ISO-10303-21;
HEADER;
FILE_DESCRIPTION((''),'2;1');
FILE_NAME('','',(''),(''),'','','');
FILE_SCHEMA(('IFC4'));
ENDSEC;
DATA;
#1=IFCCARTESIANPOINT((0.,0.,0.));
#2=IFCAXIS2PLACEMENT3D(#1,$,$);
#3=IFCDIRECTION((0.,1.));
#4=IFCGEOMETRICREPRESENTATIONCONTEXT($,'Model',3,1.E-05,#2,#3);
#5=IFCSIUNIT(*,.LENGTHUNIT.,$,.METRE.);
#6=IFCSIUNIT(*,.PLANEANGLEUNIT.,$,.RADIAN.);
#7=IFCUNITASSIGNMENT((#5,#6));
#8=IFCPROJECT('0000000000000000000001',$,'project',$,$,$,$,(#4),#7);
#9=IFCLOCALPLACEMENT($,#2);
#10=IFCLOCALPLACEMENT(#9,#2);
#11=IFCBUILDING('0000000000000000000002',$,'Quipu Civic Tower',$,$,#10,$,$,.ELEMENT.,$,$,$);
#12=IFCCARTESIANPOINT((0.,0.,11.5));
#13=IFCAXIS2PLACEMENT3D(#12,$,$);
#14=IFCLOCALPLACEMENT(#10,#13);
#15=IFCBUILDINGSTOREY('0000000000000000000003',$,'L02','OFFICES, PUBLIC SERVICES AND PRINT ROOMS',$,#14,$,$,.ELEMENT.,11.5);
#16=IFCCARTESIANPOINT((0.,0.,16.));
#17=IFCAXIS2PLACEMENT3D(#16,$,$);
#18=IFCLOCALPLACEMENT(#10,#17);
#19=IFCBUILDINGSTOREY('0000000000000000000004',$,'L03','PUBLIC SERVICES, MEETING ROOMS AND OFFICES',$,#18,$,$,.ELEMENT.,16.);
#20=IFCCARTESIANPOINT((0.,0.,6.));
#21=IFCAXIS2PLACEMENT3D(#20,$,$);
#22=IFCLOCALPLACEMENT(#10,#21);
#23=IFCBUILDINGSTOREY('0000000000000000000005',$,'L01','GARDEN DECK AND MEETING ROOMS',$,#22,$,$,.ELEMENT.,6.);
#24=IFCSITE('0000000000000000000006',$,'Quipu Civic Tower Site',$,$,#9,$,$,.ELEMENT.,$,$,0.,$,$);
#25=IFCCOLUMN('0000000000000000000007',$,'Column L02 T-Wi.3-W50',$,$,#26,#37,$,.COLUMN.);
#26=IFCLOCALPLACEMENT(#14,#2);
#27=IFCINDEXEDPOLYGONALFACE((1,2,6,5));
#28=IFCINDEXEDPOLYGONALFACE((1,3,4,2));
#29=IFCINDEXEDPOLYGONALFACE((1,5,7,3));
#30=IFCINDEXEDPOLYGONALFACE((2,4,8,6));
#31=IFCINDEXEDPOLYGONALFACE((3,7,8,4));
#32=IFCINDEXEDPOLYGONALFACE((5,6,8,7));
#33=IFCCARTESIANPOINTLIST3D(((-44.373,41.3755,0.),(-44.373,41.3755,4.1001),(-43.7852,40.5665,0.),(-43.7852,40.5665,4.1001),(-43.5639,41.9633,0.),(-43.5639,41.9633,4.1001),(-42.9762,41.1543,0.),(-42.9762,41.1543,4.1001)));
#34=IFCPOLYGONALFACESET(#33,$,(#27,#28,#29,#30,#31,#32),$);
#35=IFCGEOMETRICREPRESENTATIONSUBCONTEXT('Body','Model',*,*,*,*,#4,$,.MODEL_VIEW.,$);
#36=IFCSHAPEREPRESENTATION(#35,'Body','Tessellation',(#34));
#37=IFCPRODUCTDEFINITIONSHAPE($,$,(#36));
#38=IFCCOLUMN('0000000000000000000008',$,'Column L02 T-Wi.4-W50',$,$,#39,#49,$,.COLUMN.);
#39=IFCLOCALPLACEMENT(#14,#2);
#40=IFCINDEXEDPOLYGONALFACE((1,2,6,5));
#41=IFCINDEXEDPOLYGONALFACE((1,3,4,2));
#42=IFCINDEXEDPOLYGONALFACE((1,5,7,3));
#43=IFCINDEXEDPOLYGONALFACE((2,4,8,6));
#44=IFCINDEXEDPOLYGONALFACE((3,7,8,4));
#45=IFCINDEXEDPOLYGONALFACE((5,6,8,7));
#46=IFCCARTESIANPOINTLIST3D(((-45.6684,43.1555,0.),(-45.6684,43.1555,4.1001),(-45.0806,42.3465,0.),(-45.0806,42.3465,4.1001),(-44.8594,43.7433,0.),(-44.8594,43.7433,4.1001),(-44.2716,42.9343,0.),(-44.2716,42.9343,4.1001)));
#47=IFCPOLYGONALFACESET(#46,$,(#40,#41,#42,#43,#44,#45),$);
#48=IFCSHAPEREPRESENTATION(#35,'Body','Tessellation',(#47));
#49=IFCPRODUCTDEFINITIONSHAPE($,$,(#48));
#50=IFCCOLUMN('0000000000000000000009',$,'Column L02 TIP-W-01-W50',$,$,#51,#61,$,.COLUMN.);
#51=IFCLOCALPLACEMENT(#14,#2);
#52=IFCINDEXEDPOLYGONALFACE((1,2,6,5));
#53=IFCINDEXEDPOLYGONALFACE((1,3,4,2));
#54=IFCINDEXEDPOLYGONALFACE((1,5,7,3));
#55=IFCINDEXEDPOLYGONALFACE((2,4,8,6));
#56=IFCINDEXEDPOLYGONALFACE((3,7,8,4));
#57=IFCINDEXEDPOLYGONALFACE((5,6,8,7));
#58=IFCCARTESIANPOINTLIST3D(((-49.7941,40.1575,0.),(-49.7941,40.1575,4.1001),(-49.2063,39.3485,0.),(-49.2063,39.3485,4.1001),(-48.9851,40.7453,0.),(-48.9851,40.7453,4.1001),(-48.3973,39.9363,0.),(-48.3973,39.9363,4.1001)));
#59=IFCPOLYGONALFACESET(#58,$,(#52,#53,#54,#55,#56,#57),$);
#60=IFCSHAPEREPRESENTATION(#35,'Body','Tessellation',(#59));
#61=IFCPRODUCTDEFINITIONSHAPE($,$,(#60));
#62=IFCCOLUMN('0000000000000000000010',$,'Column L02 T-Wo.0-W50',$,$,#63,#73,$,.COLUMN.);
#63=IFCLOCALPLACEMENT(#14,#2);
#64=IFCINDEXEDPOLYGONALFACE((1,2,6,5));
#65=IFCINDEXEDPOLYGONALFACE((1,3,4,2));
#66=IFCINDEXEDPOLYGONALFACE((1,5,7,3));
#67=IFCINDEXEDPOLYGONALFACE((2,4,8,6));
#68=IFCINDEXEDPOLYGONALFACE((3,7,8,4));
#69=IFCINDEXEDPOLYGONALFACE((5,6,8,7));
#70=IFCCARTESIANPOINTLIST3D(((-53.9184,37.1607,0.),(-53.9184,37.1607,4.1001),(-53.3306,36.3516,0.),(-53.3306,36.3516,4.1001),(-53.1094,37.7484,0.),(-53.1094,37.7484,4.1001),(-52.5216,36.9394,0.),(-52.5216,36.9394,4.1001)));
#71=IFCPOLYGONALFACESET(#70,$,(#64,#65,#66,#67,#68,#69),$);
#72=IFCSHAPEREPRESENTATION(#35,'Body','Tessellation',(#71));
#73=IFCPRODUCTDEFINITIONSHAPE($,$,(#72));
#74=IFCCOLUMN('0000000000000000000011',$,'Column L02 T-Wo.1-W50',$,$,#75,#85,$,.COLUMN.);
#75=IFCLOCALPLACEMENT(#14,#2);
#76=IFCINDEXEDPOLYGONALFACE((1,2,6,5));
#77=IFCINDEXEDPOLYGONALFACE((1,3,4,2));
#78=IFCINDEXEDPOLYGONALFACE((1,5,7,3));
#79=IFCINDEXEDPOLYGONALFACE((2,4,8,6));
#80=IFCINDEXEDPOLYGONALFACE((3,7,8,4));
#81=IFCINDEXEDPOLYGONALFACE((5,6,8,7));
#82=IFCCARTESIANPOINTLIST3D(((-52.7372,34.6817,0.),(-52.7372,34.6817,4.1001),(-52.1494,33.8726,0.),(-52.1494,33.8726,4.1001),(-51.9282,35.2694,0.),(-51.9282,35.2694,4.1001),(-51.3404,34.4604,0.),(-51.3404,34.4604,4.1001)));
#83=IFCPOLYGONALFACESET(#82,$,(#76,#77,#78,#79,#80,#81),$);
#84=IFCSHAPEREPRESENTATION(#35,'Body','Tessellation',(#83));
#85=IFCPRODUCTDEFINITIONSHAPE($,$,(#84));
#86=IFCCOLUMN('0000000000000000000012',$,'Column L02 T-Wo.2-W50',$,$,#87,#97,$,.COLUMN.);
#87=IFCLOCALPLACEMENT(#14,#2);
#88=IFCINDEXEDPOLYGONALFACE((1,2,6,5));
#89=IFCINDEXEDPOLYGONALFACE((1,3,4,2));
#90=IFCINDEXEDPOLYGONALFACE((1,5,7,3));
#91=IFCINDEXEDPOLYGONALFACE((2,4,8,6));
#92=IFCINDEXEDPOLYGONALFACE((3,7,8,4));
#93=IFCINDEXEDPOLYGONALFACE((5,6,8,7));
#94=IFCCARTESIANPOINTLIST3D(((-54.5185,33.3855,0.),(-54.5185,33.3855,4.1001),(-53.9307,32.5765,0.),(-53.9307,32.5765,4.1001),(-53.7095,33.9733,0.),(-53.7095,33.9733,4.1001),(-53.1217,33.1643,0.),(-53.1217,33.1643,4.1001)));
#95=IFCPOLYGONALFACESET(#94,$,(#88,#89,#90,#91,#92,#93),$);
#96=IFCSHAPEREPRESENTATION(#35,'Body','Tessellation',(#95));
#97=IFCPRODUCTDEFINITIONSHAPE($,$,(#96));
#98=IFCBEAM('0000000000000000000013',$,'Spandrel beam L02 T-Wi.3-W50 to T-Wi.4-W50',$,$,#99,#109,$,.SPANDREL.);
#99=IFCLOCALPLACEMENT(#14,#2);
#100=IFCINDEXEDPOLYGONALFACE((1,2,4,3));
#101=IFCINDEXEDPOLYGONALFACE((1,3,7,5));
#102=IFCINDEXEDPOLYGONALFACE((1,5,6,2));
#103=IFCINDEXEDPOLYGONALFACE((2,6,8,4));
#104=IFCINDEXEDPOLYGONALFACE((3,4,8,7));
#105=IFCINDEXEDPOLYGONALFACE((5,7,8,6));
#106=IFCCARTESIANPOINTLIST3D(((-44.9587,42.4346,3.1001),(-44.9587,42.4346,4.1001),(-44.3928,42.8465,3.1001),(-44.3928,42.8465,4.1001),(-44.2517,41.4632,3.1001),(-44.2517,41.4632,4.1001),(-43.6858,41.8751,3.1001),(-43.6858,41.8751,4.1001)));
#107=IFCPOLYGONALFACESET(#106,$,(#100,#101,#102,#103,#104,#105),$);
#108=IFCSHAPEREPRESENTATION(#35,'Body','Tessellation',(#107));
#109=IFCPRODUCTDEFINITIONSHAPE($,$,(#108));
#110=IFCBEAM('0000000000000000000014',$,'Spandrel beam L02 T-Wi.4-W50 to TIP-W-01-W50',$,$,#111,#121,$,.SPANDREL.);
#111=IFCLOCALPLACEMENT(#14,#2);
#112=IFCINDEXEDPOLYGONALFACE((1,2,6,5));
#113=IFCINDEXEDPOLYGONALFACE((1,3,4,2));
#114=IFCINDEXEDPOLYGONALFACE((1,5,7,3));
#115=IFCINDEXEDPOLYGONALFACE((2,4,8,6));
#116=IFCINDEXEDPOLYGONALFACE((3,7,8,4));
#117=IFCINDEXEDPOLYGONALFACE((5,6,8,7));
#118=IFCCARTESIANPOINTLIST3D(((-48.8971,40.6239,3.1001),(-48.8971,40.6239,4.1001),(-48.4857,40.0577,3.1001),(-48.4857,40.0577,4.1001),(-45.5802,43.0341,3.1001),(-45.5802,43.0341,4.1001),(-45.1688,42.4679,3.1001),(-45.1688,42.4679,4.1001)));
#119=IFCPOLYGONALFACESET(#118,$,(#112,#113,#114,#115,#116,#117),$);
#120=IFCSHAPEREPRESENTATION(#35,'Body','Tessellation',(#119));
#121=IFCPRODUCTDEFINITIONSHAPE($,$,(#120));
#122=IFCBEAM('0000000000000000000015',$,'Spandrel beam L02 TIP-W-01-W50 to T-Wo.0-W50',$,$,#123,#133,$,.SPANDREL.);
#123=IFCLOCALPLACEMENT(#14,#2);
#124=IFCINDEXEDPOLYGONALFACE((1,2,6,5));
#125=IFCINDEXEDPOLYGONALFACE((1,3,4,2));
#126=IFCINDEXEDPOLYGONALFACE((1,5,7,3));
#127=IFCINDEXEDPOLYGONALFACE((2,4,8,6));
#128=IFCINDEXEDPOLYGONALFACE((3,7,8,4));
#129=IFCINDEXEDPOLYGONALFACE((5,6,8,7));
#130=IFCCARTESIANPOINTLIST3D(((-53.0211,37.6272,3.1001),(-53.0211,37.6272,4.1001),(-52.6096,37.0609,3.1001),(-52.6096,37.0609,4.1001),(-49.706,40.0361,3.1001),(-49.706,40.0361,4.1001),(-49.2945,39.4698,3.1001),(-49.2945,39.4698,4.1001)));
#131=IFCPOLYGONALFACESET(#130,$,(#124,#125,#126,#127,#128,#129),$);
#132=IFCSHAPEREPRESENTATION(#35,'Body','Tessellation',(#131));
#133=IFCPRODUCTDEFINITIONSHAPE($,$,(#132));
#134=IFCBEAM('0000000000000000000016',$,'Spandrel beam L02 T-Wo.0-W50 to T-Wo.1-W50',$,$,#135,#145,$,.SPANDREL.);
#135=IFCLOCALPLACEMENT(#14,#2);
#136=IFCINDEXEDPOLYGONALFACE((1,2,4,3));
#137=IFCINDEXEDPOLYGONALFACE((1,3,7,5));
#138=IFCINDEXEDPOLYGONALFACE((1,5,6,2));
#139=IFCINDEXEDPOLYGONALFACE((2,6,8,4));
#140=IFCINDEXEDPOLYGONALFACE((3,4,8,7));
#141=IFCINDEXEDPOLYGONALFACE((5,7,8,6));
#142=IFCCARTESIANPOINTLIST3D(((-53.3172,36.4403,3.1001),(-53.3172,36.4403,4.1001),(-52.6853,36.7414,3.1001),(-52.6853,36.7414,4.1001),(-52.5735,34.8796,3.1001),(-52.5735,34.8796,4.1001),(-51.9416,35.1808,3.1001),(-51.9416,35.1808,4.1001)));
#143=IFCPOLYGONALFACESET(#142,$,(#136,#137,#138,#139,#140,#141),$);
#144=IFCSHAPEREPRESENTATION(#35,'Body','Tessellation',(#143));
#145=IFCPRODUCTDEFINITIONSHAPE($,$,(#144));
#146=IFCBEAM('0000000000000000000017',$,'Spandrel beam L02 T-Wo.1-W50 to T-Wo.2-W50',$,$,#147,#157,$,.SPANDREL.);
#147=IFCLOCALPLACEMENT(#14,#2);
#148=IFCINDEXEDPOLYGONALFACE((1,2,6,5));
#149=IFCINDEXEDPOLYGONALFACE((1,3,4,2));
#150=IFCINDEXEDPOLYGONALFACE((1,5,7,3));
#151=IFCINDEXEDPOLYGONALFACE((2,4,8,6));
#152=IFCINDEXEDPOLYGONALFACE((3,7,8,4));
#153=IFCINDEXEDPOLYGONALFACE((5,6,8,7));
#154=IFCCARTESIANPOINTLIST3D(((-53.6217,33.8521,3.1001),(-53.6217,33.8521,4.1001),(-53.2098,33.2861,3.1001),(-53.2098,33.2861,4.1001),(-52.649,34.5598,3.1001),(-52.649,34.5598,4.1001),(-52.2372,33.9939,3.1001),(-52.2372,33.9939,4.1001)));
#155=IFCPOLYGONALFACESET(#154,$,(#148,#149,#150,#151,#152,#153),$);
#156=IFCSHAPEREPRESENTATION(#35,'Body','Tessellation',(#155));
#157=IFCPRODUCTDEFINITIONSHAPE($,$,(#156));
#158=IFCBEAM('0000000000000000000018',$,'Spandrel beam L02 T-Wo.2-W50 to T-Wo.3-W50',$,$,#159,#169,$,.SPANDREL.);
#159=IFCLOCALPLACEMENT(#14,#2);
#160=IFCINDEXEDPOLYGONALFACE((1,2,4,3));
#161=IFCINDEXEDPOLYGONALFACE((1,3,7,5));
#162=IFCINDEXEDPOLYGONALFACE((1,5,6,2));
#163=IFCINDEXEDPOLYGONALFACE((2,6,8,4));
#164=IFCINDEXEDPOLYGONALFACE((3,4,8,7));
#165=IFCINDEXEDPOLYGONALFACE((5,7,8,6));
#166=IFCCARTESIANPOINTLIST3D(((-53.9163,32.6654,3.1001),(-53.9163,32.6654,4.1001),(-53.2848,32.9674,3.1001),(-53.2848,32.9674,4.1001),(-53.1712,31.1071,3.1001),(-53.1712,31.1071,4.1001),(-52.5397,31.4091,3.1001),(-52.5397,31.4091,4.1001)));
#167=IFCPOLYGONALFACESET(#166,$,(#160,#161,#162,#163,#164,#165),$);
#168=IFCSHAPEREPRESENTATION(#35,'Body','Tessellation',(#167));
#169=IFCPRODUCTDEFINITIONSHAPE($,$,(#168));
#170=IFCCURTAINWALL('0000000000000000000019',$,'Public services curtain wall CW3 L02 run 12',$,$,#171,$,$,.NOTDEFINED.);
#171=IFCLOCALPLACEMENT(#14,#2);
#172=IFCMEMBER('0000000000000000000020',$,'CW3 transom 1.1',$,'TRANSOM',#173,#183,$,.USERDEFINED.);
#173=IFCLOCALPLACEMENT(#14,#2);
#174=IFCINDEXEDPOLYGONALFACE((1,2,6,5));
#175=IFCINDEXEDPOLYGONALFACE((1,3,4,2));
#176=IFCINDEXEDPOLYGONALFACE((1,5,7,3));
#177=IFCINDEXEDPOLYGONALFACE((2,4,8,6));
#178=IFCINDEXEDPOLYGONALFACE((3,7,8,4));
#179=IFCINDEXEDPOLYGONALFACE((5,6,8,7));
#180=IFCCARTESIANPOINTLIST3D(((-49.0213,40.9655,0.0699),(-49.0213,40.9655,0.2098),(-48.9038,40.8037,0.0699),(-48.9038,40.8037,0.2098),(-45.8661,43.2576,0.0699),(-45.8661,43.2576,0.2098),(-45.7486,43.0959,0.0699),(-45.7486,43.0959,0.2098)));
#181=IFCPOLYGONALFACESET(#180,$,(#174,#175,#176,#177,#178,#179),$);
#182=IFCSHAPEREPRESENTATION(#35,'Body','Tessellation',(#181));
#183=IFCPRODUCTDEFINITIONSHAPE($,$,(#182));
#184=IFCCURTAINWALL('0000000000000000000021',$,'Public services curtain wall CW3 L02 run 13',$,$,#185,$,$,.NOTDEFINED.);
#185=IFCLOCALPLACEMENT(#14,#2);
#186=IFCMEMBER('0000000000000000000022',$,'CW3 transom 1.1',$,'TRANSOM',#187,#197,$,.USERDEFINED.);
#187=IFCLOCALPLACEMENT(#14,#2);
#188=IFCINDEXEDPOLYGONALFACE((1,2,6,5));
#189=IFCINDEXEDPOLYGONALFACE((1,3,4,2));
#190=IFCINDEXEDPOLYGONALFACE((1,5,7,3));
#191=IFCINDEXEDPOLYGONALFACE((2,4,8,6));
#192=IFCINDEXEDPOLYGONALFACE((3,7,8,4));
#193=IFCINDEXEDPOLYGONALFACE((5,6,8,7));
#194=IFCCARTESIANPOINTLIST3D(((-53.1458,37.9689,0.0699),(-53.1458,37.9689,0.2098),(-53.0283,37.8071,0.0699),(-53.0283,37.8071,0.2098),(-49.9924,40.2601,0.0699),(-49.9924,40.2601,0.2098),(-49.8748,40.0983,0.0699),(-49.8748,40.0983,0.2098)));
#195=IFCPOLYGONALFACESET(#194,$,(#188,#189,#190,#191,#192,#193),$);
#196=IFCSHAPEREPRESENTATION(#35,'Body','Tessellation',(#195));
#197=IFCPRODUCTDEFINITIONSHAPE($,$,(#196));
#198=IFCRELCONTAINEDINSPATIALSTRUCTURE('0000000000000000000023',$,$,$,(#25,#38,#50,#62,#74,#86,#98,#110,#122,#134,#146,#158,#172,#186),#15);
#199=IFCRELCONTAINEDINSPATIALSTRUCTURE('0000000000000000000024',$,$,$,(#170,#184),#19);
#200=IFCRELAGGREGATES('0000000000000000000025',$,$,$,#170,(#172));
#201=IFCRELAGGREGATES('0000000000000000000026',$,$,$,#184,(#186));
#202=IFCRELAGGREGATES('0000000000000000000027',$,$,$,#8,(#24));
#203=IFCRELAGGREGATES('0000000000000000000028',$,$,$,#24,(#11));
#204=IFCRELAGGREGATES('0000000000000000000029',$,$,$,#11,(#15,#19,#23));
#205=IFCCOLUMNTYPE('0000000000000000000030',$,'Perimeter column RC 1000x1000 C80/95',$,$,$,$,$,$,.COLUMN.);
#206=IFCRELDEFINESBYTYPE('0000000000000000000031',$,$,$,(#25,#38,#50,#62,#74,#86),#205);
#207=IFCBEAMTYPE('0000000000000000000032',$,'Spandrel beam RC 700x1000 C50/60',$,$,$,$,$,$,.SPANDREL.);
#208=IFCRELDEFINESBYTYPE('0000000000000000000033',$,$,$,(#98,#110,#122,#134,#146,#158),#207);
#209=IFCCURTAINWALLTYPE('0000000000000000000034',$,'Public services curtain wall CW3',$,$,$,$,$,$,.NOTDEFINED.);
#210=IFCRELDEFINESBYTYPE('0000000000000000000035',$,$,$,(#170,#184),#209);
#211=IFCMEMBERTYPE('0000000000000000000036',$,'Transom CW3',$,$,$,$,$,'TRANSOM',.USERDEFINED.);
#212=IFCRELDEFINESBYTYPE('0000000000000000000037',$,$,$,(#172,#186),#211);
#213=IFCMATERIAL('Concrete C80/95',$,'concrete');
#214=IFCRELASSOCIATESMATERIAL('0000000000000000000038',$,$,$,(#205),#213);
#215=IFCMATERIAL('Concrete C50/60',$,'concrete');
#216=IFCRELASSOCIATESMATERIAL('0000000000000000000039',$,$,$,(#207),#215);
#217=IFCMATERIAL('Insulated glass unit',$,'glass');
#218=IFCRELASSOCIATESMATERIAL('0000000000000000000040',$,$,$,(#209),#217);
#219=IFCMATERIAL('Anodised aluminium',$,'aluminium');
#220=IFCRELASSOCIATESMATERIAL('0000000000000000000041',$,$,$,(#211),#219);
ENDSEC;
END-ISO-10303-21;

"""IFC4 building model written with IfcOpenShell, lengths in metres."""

from ifc_helpers import new_model, si_unit, direction, frame, origin, origin_2d, place, context, subcontext, project, spatial, rectangle, extrude, material, material_profile, profile_set, type_object, element, aggregate, save


model = new_model("IFC4")

# Units and contexts
model_context = context("Model", 3, precision=1e-05, world=origin(), true_north=direction((0.0, 1.0)))
body_context = subcontext(model_context, "Body", "Model", "MODEL_VIEW")
ifc_project = project(units=[si_unit("LENGTHUNIT", "METRE"), si_unit("PLANEANGLEUNIT", "RADIAN")], contexts=[model_context])

# Site, building, storey
site_placement = place(None, origin())
site = spatial("IfcSite", under=ifc_project, at=site_placement, Name="Quipu Civic Tower Site", CompositionType="ELEMENT", RefElevation=0.0)
building_placement = place(site_placement, origin())
building = spatial("IfcBuilding", under=site, at=building_placement, Name="Quipu Civic Tower", CompositionType="ELEMENT")
storey_1_placement = place(building_placement, frame((0.0, 0.0, 11.5)))
storey_1 = spatial("IfcBuildingStorey", under=building, at=storey_1_placement, Name="L02", Description="OFFICES, PUBLIC SERVICES AND PRINT ROOMS", CompositionType="ELEMENT", Elevation=11.5)

# Columns
ifc_material_1 = material(Name="Concrete C80/95", Category="concrete")
ifc_material_profile_1 = material_profile(ifc_material_1, rectangle(XDim=1.0, YDim=1.0, at=origin_2d()), Name="RC1000x1000")
ifc_profile_set_1 = profile_set([ifc_material_profile_1], Name="Concrete C80/95")
column_type = type_object("IfcColumnType", Name="Perimeter column RC 1000x1000 C80/95", PredefinedType="COLUMN", material=ifc_profile_set_1)
for number, where, z_axis, x_axis, name in (
    (1, (-43.6746, 41.2649, 0.0), (0.0, 0.0, 1.0), (-0.809017, -0.587785, 0.0), "Column L02 T-Wi.3-W50"),
    (2, (-44.97, 43.0449, 0.0), (0.0, 0.0, 1.0), (-0.809017, -0.587785, 0.0), "Column L02 T-Wi.4-W50"),
    (3, (-49.0957, 40.0469, 0.0), (0.0, 0.0, 1.0), (-0.809017, -0.587785, 0.0), "Column L02 TIP-W-01-W50"),
    (4, (-53.22, 37.05, 0.0), (0.0, 0.0, 1.0), (0.587785, -0.809017, 0.0), "Column L02 T-Wo.0-W50"),
    (5, (-52.0388, 34.571, 0.0), (0.0, 0.0, 1.0), (-0.809017, -0.587785, 0.0), "Column L02 T-Wo.1-W50"),
    (6, (-53.8201, 33.2749, 0.0), (0.0, 0.0, 1.0), (0.587785, -0.809017, 0.0), "Column L02 T-Wo.2-W50"),
):
    element("IfcColumn", number, at=place(storey_1_placement, frame(where, z_axis=z_axis, x_axis=x_axis)), inside=storey_1, type_object=column_type, Name=name, PredefinedType="COLUMN", context=body_context, shape_type="SweptSolid", body=[
        extrude(rectangle(XDim=1.0, YDim=1.0, at=origin_2d()), origin(), (0.0, 0.0, 1.0), 4.1001),
    ])

# Beams
ifc_material_2 = material(Name="Concrete C50/60", Category="concrete")
ifc_material_profile_2 = material_profile(ifc_material_2, rectangle(XDim=0.7, YDim=1.0, at=origin_2d()), Name="RC700x1000")
ifc_profile_set_2 = profile_set([ifc_material_profile_2], Name="Concrete C50/60")
beam_type = type_object("IfcBeamType", Name="Spandrel beam RC 700x1000 C50/60", PredefinedType="SPANDREL", material=ifc_profile_set_2)
beam_1_placement = place(storey_1_placement, frame((-43.9688, 41.6692, 3.6001), z_axis=(-0.588462, 0.808525, 0.0), x_axis=(-0.808525, -0.588462, 0.0)))
element("IfcBeam", 7, at=beam_1_placement, inside=storey_1, type_object=beam_type, Name="Spandrel beam L02 T-Wi.3-W50 to T-Wi.4-W50", PredefinedType="SPANDREL", context=body_context, shape_type="SweptSolid", body=[
    extrude(rectangle(XDim=0.7, YDim=1.0, at=origin_2d()), origin(), (0.0, 0.0, 1.0), 1.2014),
])
beam_2_placement = place(storey_1_placement, frame((-45.3745, 42.751, 3.6001), z_axis=(-0.808983, -0.587832, 0.0), x_axis=(0.587832, -0.808983, 0.0)))
element("IfcBeam", 8, at=beam_2_placement, inside=storey_1, type_object=beam_type, Name="Spandrel beam L02 T-Wi.4-W50 to TIP-W-01-W50", PredefinedType="SPANDREL", context=body_context, shape_type="SweptSolid", body=[
    extrude(rectangle(XDim=0.7, YDim=1.0, at=origin_2d()), origin(), (0.0, 0.0, 1.0), 4.1001),
])
beam_3_placement = place(storey_1_placement, frame((-49.5002, 39.7529, 3.6001), z_axis=(-0.808981, -0.587835, 0.0), x_axis=(0.587835, -0.808981, 0.0)))
element("IfcBeam", 9, at=beam_3_placement, inside=storey_1, type_object=beam_type, Name="Spandrel beam L02 TIP-W-01-W50 to T-Wo.0-W50", PredefinedType="SPANDREL", context=body_context, shape_type="SweptSolid", body=[
    extrude(rectangle(XDim=0.7, YDim=1.0, at=origin_2d()), origin(), (0.0, 0.0, 1.0), 4.0979),
])
beam_4_placement = place(storey_1_placement, frame((-53.0012, 36.5908, 3.6001), z_axis=(0.430186, -0.90274, 0.0), x_axis=(0.90274, 0.430186, 0.0)))
element("IfcBeam", 10, at=beam_4_placement, inside=storey_1, type_object=beam_type, Name="Spandrel beam L02 T-Wo.0-W50 to T-Wo.1-W50", PredefinedType="SPANDREL", context=body_context, shape_type="SweptSolid", body=[
    extrude(rectangle(XDim=0.7, YDim=1.0, at=origin_2d()), origin(), (0.0, 0.0, 1.0), 1.7288),
])
beam_5_placement = place(storey_1_placement, frame((-52.4431, 34.2769, 3.6001), z_axis=(-0.808587, -0.588377, 0.0), x_axis=(0.588377, -0.808587, 0.0)))
element("IfcBeam", 11, at=beam_5_placement, inside=storey_1, type_object=beam_type, Name="Spandrel beam L02 T-Wo.1-W50 to T-Wo.2-W50", PredefinedType="SPANDREL", context=body_context, shape_type="SweptSolid", body=[
    extrude(rectangle(XDim=0.7, YDim=1.0, at=origin_2d()), origin(), (0.0, 0.0, 1.0), 1.2029),
])
beam_6_placement = place(storey_1_placement, frame((-53.6006, 32.8164, 3.6001), z_axis=(0.43137, -0.902175, 0.0), x_axis=(0.902175, 0.43137, 0.0)))
element("IfcBeam", 12, at=beam_6_placement, inside=storey_1, type_object=beam_type, Name="Spandrel beam L02 T-Wo.2-W50 to T-Wo.3-W50", PredefinedType="SPANDREL", context=body_context, shape_type="SweptSolid", body=[
    extrude(rectangle(XDim=0.7, YDim=1.0, at=origin_2d()), origin(), (0.0, 0.0, 1.0), 1.7273),
])

# Shared definitions
storey_2_placement = place(building_placement, frame((0.0, 0.0, 16.0)))
storey_2 = spatial("IfcBuildingStorey", under=building, at=storey_2_placement, Name="L03", Description="PUBLIC SERVICES, MEETING ROOMS AND OFFICES", CompositionType="ELEMENT", Elevation=16.0)

# Curtain walls, members
ifc_material_3 = material(Name="Insulated glass unit", Category="glass")
curtain_wall_type_1 = type_object("IfcCurtainWallType", Name="Public services curtain wall CW3", PredefinedType="NOTDEFINED", material=ifc_material_3)
curtain_wall_1_placement = place(storey_2_placement, origin())
curtain_wall_1 = element("IfcCurtainWall", 13, at=curtain_wall_1_placement, inside=storey_2, type_object=curtain_wall_type_1, Name="Public services curtain wall CW3 L02 run 12", PredefinedType="NOTDEFINED")
ifc_material_4 = material(Name="Anodised aluminium", Category="aluminium")
ifc_material_profile_3 = material_profile(ifc_material_4, rectangle(XDim=0.2, YDim=0.1399, at=origin_2d()), Name="RECT 200x140")
ifc_profile_set_3 = profile_set([ifc_material_profile_3], Name="Anodised aluminium")
member_type_1 = type_object("IfcMemberType", Name="Transom CW3", ElementType="TRANSOM", PredefinedType="USERDEFINED", material=ifc_profile_set_3)
member_1_placement = place(storey_1_placement, frame((-45.8074, 43.1768, 0.1399), z_axis=(-0.809042, -0.587751, 0.0), x_axis=(0.587751, -0.809042, 0.0)))
member_1 = element("IfcMember", 14, at=member_1_placement, inside=storey_1, type_object=member_type_1, Name="CW3 transom 1.1", ObjectType="TRANSOM", PredefinedType="USERDEFINED", context=body_context, shape_type="SweptSolid", body=[
    extrude(rectangle(XDim=0.2, YDim=0.1399, at=origin_2d()), origin(), (0.0, 0.0, 1.0), 3.8999),
])
curtain_wall_2_placement = place(storey_2_placement, origin())
curtain_wall_2 = element("IfcCurtainWall", 15, at=curtain_wall_2_placement, inside=storey_2, type_object=curtain_wall_type_1, Name="Public services curtain wall CW3 L02 run 13", PredefinedType="NOTDEFINED")
member_2_placement = place(storey_1_placement, frame((-49.9336, 40.1792, 0.1399), z_axis=(-0.80901, -0.587796, 0.0), x_axis=(0.587796, -0.80901, 0.0)))
member_2 = element("IfcMember", 16, at=member_2_placement, inside=storey_1, type_object=member_type_1, Name="CW3 transom 1.1", ObjectType="TRANSOM", PredefinedType="USERDEFINED", context=body_context, shape_type="SweptSolid", body=[
    extrude(rectangle(XDim=0.2, YDim=0.1399, at=origin_2d()), origin(), (0.0, 0.0, 1.0), 3.8979),
])

# Shared definitions
storey_3_placement = place(building_placement, frame((0.0, 0.0, 6.0)))
storey_3 = spatial("IfcBuildingStorey", under=building, at=storey_3_placement, Name="L01", Description="GARDEN DECK AND MEETING ROOMS", CompositionType="ELEMENT", Elevation=6.0)

aggregate(curtain_wall_1, [member_1])
aggregate(curtain_wall_2, [member_2])

save(model, "model.ifc")
